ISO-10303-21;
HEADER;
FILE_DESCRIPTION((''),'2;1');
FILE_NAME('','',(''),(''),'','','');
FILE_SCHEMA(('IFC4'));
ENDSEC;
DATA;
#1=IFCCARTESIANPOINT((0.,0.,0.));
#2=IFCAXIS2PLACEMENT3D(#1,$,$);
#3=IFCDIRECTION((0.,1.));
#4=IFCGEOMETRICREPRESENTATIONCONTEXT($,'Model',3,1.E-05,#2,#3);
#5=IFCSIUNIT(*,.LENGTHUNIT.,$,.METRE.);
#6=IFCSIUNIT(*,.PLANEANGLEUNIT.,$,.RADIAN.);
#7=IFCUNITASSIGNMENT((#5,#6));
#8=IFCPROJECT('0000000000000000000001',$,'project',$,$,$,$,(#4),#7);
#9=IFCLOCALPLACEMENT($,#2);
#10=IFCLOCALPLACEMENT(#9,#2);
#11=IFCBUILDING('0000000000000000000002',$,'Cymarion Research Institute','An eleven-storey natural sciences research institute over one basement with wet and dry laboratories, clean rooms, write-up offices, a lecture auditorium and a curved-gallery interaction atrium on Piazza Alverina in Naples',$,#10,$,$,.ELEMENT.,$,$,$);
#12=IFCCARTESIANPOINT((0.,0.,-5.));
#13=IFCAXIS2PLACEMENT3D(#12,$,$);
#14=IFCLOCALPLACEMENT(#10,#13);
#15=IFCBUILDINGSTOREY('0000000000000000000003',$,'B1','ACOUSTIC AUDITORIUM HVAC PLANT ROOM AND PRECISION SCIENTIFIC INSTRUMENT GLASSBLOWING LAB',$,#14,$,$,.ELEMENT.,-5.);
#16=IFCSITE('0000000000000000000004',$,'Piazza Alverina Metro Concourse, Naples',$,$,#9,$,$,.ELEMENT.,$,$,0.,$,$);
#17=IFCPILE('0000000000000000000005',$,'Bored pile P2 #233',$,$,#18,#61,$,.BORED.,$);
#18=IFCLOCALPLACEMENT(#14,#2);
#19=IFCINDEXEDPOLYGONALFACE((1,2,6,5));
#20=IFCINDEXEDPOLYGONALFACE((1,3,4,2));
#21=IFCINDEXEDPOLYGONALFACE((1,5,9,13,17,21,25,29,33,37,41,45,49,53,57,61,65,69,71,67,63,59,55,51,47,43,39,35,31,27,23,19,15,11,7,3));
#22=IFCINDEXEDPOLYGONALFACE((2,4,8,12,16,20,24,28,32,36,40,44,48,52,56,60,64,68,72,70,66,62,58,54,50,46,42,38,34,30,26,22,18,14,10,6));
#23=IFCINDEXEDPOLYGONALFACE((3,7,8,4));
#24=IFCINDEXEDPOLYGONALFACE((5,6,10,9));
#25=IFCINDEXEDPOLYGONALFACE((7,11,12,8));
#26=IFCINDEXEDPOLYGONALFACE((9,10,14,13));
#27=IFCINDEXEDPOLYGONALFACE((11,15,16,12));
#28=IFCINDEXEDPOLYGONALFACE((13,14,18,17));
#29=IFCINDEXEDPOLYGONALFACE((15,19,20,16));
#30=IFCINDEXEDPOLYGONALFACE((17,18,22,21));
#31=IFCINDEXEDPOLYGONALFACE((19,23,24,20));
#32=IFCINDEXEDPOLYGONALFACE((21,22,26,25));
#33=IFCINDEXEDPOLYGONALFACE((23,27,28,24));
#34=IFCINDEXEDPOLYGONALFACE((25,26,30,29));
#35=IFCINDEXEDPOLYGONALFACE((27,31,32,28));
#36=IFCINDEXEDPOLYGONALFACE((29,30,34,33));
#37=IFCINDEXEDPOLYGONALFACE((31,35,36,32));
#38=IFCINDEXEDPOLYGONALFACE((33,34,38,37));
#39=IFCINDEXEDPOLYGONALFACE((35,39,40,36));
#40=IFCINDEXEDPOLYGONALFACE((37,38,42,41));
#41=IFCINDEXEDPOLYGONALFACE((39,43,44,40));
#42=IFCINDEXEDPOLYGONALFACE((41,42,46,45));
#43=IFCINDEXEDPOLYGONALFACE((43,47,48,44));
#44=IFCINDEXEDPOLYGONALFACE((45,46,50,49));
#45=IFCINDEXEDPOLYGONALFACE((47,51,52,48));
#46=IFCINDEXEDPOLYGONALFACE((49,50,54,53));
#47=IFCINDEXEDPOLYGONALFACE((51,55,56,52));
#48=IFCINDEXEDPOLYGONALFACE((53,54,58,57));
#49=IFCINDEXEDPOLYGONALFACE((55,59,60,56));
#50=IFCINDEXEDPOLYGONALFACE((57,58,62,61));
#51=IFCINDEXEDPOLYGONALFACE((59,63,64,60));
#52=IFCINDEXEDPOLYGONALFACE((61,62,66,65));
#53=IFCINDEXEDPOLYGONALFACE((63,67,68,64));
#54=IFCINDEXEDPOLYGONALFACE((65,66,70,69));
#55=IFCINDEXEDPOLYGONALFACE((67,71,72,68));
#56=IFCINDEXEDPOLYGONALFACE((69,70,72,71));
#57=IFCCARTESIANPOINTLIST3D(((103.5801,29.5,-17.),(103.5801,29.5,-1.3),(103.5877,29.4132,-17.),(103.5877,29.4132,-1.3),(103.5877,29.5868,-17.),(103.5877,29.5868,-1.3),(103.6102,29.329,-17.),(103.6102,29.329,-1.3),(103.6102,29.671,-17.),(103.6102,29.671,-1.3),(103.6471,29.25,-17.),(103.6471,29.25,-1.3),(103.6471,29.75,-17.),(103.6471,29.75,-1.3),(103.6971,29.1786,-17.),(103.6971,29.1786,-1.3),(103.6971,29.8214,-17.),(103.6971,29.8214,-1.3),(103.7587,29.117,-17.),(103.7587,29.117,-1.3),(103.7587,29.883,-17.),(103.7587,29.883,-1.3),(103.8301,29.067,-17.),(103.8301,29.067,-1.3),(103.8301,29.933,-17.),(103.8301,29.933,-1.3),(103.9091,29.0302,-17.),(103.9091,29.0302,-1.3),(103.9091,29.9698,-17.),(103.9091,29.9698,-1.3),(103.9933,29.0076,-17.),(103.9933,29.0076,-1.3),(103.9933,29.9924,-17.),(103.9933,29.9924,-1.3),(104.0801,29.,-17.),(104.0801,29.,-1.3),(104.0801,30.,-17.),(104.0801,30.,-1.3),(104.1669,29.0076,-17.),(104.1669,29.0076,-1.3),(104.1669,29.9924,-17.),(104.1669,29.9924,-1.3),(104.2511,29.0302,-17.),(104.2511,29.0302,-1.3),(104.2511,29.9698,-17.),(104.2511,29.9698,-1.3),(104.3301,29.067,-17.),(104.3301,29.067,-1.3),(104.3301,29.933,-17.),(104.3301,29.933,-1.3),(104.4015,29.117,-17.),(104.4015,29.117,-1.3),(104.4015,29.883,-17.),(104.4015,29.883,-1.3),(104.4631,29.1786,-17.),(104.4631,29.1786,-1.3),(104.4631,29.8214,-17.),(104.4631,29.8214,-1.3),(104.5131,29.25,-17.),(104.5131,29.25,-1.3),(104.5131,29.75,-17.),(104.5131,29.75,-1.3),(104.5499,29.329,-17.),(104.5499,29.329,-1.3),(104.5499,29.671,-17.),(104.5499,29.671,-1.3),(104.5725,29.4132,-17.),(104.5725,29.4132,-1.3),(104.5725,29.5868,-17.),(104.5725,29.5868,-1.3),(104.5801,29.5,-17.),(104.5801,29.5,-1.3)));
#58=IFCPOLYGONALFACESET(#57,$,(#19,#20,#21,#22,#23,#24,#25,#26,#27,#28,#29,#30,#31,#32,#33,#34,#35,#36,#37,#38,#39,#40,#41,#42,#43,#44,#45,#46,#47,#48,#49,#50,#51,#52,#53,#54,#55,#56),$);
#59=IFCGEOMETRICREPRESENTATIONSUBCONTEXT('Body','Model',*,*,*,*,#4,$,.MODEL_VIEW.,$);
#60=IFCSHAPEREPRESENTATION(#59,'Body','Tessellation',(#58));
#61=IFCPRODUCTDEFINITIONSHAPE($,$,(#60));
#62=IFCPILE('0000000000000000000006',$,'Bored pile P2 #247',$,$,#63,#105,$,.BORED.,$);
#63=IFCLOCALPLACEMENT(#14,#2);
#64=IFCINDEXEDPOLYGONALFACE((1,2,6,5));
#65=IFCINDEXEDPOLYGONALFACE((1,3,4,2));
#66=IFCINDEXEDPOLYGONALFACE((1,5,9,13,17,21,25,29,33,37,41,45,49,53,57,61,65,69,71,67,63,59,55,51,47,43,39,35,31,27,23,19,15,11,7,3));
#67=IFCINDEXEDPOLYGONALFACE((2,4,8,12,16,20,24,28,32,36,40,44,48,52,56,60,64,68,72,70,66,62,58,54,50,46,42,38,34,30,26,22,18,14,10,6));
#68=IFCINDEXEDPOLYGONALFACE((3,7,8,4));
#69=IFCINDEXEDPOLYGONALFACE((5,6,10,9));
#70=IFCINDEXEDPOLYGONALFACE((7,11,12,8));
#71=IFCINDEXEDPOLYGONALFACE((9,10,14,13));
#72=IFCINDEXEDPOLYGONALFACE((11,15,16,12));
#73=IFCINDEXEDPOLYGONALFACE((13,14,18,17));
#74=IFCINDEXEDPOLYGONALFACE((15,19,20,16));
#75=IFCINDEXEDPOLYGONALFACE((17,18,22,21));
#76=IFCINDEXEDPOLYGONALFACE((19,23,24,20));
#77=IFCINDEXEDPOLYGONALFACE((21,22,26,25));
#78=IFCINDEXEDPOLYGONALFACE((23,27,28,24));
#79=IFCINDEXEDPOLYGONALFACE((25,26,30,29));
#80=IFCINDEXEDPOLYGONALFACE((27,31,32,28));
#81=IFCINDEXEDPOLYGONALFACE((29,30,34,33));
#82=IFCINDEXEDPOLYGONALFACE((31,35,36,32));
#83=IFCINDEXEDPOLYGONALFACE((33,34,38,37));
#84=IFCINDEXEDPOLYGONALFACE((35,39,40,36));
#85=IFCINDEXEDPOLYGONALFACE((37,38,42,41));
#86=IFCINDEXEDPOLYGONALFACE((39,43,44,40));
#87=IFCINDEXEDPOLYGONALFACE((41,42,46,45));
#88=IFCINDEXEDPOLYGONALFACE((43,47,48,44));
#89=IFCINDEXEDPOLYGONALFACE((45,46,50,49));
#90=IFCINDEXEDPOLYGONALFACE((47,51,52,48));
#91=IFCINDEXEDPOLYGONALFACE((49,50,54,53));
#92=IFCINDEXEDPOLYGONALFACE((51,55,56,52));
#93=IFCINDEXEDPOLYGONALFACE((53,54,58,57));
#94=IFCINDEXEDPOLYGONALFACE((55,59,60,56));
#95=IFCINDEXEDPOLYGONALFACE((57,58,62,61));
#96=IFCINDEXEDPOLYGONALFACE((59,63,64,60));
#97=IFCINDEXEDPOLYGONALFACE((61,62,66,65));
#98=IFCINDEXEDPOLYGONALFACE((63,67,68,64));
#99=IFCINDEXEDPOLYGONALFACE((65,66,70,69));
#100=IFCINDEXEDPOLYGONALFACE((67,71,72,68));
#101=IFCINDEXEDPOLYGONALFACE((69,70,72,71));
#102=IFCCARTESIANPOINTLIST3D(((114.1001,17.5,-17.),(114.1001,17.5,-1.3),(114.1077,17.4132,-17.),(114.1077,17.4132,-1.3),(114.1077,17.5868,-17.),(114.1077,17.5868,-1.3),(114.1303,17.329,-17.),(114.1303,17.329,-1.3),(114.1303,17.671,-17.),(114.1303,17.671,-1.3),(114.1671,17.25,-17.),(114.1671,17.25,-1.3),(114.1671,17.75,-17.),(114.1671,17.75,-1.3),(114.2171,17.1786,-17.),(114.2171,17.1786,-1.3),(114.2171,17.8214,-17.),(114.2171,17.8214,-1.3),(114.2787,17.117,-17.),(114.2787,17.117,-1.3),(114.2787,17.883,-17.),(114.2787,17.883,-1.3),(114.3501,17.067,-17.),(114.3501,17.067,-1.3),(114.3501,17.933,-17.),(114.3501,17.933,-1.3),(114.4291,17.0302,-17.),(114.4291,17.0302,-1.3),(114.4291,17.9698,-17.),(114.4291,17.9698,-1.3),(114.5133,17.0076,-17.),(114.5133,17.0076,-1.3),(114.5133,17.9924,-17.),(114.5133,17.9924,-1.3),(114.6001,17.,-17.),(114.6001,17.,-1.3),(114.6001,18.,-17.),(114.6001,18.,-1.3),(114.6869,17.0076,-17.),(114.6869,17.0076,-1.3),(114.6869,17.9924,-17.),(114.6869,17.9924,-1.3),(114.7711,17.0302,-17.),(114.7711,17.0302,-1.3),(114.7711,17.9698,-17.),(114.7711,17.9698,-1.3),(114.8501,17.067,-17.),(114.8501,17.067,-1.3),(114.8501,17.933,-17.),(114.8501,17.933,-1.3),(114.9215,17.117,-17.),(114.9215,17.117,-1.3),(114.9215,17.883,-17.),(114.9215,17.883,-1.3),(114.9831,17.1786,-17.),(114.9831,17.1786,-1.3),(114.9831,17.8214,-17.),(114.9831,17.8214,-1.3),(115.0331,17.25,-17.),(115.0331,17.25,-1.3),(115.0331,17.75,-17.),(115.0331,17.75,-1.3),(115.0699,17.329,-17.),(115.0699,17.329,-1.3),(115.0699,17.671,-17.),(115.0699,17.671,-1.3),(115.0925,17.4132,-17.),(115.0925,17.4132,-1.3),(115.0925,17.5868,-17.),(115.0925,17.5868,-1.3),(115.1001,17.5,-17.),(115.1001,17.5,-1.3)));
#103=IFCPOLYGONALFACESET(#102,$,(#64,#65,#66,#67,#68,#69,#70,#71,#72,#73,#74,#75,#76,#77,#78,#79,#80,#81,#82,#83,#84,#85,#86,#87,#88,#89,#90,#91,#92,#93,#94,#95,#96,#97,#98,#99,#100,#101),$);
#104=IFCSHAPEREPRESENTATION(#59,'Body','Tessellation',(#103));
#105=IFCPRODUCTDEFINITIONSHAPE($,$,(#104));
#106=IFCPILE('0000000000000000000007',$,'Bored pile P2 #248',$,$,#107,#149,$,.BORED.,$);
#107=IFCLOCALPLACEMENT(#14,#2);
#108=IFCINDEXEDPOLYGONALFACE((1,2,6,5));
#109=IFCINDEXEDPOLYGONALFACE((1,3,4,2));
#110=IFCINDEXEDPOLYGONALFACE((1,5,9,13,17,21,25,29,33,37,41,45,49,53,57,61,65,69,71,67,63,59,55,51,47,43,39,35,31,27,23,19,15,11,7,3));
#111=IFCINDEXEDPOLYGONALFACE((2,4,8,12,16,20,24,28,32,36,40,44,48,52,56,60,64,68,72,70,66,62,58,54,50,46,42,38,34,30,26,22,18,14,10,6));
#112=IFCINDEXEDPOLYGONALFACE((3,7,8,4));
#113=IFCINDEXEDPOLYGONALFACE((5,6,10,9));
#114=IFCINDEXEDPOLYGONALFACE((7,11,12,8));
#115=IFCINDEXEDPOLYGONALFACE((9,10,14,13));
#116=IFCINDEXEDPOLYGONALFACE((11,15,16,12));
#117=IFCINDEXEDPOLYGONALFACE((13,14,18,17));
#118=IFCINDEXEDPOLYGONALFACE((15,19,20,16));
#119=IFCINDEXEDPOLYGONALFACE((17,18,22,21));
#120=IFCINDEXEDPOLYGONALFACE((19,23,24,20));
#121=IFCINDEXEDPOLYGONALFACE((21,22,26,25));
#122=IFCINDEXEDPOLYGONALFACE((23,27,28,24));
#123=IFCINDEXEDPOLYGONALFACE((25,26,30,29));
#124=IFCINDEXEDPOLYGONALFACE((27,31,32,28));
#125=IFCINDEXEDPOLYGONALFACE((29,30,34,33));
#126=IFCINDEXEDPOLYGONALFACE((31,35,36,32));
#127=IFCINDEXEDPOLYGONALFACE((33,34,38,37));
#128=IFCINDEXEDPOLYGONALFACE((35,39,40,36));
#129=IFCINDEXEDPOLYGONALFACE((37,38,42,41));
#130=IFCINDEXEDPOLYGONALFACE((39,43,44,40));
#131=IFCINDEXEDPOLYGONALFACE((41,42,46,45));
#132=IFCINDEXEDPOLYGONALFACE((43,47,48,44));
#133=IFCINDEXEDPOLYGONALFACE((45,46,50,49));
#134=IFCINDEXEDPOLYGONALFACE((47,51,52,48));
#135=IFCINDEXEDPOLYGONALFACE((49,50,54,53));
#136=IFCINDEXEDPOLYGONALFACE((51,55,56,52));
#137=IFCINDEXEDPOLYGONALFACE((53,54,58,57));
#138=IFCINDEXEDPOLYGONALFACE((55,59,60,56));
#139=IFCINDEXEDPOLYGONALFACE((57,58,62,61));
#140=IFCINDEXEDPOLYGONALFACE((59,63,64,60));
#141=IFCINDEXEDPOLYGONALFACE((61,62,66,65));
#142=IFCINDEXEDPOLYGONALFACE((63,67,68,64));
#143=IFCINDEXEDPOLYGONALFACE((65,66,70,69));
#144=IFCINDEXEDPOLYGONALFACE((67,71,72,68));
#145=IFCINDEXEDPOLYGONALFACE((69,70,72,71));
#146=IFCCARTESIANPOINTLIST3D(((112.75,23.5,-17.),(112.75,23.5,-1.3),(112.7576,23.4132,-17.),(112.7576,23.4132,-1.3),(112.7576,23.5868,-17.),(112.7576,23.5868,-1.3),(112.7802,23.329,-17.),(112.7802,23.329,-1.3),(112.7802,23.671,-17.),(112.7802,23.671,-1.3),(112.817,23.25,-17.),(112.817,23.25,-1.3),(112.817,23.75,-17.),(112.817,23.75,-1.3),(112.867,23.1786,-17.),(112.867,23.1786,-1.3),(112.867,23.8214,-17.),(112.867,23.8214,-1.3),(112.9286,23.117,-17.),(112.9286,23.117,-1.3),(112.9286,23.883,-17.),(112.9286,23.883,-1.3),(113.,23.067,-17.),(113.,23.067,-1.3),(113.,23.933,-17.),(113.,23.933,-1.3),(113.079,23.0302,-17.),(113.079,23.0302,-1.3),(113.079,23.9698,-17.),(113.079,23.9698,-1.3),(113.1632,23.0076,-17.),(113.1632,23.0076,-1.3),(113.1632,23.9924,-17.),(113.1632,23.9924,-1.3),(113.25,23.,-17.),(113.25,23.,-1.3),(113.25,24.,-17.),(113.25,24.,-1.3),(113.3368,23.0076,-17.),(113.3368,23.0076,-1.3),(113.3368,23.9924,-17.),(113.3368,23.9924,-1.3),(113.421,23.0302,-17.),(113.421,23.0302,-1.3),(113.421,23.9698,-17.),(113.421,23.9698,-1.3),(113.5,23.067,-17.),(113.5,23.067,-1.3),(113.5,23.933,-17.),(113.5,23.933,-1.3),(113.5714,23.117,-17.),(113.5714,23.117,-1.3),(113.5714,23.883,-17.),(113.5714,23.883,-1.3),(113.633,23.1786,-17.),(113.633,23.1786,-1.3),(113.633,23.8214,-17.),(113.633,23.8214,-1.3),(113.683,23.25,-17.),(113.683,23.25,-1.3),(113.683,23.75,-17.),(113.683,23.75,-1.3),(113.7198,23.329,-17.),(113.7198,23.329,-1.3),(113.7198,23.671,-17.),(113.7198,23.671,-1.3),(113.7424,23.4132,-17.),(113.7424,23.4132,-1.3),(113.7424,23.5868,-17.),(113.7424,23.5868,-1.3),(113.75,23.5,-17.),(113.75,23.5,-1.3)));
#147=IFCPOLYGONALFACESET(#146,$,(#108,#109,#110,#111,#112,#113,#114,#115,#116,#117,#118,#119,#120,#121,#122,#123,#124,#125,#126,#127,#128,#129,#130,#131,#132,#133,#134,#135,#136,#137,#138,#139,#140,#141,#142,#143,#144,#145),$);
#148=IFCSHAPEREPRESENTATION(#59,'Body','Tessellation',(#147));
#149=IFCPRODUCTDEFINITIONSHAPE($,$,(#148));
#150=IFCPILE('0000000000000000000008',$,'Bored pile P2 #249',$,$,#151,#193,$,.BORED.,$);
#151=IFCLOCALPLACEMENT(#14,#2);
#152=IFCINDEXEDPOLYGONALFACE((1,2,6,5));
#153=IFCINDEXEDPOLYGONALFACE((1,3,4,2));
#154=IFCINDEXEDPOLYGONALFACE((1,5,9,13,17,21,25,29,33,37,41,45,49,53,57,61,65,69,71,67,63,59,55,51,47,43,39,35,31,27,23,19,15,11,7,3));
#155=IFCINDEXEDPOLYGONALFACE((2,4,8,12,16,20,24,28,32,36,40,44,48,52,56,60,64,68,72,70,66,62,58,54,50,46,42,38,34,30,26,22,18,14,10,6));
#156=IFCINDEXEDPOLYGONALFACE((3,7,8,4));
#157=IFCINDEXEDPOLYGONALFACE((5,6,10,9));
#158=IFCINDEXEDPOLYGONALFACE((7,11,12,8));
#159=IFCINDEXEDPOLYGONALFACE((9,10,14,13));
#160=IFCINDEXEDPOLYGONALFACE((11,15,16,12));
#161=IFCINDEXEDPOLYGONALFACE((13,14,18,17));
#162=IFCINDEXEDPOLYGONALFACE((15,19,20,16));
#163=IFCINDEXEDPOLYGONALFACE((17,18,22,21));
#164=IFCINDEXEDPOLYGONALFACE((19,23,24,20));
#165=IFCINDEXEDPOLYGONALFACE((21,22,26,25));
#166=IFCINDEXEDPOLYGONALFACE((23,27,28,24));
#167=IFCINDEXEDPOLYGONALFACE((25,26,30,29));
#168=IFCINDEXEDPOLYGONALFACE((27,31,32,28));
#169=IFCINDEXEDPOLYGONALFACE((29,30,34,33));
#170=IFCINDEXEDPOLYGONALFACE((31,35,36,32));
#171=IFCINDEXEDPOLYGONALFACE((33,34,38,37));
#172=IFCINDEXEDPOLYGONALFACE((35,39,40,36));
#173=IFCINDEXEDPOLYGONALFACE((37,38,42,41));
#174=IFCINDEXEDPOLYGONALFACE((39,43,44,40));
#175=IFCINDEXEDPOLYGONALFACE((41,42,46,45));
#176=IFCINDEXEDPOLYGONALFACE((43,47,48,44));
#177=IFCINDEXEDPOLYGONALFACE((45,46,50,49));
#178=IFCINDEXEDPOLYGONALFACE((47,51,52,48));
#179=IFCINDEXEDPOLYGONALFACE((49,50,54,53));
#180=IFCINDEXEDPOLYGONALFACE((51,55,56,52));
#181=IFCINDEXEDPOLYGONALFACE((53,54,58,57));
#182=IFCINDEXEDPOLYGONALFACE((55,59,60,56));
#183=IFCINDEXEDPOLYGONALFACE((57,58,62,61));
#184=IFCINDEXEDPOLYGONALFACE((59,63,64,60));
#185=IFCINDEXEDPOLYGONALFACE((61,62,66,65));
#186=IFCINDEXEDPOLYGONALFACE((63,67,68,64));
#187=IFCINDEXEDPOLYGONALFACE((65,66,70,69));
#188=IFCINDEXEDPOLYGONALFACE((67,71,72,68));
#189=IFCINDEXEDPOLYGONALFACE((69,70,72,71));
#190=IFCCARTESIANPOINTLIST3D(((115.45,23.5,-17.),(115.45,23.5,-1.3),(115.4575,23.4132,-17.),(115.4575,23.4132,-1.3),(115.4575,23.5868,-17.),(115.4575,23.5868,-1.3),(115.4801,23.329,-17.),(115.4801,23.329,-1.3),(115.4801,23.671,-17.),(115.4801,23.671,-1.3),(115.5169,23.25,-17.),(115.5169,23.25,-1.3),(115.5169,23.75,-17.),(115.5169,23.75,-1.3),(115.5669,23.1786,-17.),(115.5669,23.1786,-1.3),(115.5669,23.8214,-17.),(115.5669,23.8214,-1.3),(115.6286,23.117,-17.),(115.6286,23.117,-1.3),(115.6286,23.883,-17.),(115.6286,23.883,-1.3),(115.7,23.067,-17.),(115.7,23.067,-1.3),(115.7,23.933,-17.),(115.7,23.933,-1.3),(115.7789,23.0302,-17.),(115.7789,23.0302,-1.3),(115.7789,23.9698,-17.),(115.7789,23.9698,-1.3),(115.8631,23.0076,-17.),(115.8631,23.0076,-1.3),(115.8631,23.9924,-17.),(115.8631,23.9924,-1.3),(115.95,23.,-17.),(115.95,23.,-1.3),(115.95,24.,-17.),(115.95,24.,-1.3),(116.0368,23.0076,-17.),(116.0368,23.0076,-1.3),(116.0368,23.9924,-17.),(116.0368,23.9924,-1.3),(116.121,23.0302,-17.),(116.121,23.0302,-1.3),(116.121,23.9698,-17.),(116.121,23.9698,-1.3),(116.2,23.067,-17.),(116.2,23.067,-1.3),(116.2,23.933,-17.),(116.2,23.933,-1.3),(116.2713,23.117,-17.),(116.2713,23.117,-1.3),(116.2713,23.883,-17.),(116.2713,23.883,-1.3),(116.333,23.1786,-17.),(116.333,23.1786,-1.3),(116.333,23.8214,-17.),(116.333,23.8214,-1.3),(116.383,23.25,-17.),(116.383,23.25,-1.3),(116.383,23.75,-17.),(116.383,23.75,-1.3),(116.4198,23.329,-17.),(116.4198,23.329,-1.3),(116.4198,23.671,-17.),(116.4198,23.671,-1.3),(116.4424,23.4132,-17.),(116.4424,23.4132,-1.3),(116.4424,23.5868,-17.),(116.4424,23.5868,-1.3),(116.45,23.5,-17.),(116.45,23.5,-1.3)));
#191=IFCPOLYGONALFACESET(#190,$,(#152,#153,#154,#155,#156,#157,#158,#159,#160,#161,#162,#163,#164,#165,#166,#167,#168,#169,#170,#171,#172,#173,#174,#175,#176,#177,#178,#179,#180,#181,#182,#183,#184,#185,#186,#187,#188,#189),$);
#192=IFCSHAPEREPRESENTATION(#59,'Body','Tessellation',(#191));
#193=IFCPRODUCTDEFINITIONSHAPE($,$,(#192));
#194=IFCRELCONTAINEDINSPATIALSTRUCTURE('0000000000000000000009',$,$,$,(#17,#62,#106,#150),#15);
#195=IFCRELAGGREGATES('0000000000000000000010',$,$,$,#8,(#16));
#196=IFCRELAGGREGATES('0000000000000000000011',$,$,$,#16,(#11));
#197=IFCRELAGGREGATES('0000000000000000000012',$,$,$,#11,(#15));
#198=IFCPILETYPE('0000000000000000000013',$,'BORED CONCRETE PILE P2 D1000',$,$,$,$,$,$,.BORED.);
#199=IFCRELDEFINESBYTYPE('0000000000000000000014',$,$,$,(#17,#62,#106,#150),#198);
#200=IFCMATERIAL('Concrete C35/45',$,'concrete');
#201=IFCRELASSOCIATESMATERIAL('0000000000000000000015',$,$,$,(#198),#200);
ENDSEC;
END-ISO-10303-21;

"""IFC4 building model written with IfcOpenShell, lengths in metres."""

from ifc_helpers import new_model, si_unit, direction, frame, origin, origin_2d, place, context, subcontext, project, spatial, circle, extrude, material, material_profile, profile_set, type_object, element, save


model = new_model("IFC4")

# Units and contexts
model_context = context("Model", 3, precision=1e-05, world=origin(), true_north=direction((0.0, 1.0)))
body_context = subcontext(model_context, "Body", "Model", "MODEL_VIEW")
ifc_project = project(units=[si_unit("LENGTHUNIT", "METRE"), si_unit("PLANEANGLEUNIT", "RADIAN")], contexts=[model_context])

# Site, building, storey
site_placement = place(None, origin())
site = spatial("IfcSite", under=ifc_project, at=site_placement, Name="Piazza Alverina Metro Concourse, Naples", CompositionType="ELEMENT", RefElevation=0.0)
building_placement = place(site_placement, origin())
building = spatial("IfcBuilding", under=site, at=building_placement, Name="Cymarion Research Institute", Description="An eleven-storey natural sciences research institute over one basement with wet and dry laboratories, clean rooms, write-up offices, a lecture auditorium and a curved-gallery interaction atrium on Piazza Alverina in Naples", CompositionType="ELEMENT")
storey_placement = place(building_placement, frame((0.0, 0.0, -5.0)))
storey = spatial("IfcBuildingStorey", under=building, at=storey_placement, Name="B1", Description="ACOUSTIC AUDITORIUM HVAC PLANT ROOM AND PRECISION SCIENTIFIC INSTRUMENT GLASSBLOWING LAB", CompositionType="ELEMENT", Elevation=-5.0)

# Piles
ifc_material_1 = material(Name="Concrete C35/45", Category="concrete")
ifc_material_profile_1 = material_profile(ifc_material_1, circle(Radius=0.5, at=origin_2d()), Name="BORED PILE D1000")
ifc_profile_set_1 = profile_set([ifc_material_profile_1], Name="Concrete C35/45")
pile_type_1 = type_object("IfcPileType", Name="BORED CONCRETE PILE P2 D1000", PredefinedType="BORED", material=ifc_profile_set_1)
for number, where, z_axis, x_axis, name in (
    (1, (104.0801, 29.5, -1.3), (0.0, 0.0, -1.0), (1.0, 0.0, 0.0), "Bored pile P2 #233"),
    (2, (114.6001, 17.5, -1.3), (0.0, 0.0, -1.0), (1.0, 0.0, 0.0), "Bored pile P2 #247"),
    (3, (113.25, 23.5, -1.3), (0.0, 0.0, -1.0), (1.0, 0.0, 0.0), "Bored pile P2 #248"),
    (4, (115.95, 23.5, -1.3), (0.0, 0.0, -1.0), (1.0, 0.0, 0.0), "Bored pile P2 #249"),
):
    element("IfcPile", number, at=place(storey_placement, frame(where, z_axis=z_axis, x_axis=x_axis)), inside=storey, type_object=pile_type_1, Name=name, PredefinedType="BORED", context=body_context, shape_type="SweptSolid", body=[
        extrude(circle(Radius=0.5, at=origin_2d()), origin(), (0.0, 0.0, 1.0), 15.7),
    ])

save(model, "model.ifc")
